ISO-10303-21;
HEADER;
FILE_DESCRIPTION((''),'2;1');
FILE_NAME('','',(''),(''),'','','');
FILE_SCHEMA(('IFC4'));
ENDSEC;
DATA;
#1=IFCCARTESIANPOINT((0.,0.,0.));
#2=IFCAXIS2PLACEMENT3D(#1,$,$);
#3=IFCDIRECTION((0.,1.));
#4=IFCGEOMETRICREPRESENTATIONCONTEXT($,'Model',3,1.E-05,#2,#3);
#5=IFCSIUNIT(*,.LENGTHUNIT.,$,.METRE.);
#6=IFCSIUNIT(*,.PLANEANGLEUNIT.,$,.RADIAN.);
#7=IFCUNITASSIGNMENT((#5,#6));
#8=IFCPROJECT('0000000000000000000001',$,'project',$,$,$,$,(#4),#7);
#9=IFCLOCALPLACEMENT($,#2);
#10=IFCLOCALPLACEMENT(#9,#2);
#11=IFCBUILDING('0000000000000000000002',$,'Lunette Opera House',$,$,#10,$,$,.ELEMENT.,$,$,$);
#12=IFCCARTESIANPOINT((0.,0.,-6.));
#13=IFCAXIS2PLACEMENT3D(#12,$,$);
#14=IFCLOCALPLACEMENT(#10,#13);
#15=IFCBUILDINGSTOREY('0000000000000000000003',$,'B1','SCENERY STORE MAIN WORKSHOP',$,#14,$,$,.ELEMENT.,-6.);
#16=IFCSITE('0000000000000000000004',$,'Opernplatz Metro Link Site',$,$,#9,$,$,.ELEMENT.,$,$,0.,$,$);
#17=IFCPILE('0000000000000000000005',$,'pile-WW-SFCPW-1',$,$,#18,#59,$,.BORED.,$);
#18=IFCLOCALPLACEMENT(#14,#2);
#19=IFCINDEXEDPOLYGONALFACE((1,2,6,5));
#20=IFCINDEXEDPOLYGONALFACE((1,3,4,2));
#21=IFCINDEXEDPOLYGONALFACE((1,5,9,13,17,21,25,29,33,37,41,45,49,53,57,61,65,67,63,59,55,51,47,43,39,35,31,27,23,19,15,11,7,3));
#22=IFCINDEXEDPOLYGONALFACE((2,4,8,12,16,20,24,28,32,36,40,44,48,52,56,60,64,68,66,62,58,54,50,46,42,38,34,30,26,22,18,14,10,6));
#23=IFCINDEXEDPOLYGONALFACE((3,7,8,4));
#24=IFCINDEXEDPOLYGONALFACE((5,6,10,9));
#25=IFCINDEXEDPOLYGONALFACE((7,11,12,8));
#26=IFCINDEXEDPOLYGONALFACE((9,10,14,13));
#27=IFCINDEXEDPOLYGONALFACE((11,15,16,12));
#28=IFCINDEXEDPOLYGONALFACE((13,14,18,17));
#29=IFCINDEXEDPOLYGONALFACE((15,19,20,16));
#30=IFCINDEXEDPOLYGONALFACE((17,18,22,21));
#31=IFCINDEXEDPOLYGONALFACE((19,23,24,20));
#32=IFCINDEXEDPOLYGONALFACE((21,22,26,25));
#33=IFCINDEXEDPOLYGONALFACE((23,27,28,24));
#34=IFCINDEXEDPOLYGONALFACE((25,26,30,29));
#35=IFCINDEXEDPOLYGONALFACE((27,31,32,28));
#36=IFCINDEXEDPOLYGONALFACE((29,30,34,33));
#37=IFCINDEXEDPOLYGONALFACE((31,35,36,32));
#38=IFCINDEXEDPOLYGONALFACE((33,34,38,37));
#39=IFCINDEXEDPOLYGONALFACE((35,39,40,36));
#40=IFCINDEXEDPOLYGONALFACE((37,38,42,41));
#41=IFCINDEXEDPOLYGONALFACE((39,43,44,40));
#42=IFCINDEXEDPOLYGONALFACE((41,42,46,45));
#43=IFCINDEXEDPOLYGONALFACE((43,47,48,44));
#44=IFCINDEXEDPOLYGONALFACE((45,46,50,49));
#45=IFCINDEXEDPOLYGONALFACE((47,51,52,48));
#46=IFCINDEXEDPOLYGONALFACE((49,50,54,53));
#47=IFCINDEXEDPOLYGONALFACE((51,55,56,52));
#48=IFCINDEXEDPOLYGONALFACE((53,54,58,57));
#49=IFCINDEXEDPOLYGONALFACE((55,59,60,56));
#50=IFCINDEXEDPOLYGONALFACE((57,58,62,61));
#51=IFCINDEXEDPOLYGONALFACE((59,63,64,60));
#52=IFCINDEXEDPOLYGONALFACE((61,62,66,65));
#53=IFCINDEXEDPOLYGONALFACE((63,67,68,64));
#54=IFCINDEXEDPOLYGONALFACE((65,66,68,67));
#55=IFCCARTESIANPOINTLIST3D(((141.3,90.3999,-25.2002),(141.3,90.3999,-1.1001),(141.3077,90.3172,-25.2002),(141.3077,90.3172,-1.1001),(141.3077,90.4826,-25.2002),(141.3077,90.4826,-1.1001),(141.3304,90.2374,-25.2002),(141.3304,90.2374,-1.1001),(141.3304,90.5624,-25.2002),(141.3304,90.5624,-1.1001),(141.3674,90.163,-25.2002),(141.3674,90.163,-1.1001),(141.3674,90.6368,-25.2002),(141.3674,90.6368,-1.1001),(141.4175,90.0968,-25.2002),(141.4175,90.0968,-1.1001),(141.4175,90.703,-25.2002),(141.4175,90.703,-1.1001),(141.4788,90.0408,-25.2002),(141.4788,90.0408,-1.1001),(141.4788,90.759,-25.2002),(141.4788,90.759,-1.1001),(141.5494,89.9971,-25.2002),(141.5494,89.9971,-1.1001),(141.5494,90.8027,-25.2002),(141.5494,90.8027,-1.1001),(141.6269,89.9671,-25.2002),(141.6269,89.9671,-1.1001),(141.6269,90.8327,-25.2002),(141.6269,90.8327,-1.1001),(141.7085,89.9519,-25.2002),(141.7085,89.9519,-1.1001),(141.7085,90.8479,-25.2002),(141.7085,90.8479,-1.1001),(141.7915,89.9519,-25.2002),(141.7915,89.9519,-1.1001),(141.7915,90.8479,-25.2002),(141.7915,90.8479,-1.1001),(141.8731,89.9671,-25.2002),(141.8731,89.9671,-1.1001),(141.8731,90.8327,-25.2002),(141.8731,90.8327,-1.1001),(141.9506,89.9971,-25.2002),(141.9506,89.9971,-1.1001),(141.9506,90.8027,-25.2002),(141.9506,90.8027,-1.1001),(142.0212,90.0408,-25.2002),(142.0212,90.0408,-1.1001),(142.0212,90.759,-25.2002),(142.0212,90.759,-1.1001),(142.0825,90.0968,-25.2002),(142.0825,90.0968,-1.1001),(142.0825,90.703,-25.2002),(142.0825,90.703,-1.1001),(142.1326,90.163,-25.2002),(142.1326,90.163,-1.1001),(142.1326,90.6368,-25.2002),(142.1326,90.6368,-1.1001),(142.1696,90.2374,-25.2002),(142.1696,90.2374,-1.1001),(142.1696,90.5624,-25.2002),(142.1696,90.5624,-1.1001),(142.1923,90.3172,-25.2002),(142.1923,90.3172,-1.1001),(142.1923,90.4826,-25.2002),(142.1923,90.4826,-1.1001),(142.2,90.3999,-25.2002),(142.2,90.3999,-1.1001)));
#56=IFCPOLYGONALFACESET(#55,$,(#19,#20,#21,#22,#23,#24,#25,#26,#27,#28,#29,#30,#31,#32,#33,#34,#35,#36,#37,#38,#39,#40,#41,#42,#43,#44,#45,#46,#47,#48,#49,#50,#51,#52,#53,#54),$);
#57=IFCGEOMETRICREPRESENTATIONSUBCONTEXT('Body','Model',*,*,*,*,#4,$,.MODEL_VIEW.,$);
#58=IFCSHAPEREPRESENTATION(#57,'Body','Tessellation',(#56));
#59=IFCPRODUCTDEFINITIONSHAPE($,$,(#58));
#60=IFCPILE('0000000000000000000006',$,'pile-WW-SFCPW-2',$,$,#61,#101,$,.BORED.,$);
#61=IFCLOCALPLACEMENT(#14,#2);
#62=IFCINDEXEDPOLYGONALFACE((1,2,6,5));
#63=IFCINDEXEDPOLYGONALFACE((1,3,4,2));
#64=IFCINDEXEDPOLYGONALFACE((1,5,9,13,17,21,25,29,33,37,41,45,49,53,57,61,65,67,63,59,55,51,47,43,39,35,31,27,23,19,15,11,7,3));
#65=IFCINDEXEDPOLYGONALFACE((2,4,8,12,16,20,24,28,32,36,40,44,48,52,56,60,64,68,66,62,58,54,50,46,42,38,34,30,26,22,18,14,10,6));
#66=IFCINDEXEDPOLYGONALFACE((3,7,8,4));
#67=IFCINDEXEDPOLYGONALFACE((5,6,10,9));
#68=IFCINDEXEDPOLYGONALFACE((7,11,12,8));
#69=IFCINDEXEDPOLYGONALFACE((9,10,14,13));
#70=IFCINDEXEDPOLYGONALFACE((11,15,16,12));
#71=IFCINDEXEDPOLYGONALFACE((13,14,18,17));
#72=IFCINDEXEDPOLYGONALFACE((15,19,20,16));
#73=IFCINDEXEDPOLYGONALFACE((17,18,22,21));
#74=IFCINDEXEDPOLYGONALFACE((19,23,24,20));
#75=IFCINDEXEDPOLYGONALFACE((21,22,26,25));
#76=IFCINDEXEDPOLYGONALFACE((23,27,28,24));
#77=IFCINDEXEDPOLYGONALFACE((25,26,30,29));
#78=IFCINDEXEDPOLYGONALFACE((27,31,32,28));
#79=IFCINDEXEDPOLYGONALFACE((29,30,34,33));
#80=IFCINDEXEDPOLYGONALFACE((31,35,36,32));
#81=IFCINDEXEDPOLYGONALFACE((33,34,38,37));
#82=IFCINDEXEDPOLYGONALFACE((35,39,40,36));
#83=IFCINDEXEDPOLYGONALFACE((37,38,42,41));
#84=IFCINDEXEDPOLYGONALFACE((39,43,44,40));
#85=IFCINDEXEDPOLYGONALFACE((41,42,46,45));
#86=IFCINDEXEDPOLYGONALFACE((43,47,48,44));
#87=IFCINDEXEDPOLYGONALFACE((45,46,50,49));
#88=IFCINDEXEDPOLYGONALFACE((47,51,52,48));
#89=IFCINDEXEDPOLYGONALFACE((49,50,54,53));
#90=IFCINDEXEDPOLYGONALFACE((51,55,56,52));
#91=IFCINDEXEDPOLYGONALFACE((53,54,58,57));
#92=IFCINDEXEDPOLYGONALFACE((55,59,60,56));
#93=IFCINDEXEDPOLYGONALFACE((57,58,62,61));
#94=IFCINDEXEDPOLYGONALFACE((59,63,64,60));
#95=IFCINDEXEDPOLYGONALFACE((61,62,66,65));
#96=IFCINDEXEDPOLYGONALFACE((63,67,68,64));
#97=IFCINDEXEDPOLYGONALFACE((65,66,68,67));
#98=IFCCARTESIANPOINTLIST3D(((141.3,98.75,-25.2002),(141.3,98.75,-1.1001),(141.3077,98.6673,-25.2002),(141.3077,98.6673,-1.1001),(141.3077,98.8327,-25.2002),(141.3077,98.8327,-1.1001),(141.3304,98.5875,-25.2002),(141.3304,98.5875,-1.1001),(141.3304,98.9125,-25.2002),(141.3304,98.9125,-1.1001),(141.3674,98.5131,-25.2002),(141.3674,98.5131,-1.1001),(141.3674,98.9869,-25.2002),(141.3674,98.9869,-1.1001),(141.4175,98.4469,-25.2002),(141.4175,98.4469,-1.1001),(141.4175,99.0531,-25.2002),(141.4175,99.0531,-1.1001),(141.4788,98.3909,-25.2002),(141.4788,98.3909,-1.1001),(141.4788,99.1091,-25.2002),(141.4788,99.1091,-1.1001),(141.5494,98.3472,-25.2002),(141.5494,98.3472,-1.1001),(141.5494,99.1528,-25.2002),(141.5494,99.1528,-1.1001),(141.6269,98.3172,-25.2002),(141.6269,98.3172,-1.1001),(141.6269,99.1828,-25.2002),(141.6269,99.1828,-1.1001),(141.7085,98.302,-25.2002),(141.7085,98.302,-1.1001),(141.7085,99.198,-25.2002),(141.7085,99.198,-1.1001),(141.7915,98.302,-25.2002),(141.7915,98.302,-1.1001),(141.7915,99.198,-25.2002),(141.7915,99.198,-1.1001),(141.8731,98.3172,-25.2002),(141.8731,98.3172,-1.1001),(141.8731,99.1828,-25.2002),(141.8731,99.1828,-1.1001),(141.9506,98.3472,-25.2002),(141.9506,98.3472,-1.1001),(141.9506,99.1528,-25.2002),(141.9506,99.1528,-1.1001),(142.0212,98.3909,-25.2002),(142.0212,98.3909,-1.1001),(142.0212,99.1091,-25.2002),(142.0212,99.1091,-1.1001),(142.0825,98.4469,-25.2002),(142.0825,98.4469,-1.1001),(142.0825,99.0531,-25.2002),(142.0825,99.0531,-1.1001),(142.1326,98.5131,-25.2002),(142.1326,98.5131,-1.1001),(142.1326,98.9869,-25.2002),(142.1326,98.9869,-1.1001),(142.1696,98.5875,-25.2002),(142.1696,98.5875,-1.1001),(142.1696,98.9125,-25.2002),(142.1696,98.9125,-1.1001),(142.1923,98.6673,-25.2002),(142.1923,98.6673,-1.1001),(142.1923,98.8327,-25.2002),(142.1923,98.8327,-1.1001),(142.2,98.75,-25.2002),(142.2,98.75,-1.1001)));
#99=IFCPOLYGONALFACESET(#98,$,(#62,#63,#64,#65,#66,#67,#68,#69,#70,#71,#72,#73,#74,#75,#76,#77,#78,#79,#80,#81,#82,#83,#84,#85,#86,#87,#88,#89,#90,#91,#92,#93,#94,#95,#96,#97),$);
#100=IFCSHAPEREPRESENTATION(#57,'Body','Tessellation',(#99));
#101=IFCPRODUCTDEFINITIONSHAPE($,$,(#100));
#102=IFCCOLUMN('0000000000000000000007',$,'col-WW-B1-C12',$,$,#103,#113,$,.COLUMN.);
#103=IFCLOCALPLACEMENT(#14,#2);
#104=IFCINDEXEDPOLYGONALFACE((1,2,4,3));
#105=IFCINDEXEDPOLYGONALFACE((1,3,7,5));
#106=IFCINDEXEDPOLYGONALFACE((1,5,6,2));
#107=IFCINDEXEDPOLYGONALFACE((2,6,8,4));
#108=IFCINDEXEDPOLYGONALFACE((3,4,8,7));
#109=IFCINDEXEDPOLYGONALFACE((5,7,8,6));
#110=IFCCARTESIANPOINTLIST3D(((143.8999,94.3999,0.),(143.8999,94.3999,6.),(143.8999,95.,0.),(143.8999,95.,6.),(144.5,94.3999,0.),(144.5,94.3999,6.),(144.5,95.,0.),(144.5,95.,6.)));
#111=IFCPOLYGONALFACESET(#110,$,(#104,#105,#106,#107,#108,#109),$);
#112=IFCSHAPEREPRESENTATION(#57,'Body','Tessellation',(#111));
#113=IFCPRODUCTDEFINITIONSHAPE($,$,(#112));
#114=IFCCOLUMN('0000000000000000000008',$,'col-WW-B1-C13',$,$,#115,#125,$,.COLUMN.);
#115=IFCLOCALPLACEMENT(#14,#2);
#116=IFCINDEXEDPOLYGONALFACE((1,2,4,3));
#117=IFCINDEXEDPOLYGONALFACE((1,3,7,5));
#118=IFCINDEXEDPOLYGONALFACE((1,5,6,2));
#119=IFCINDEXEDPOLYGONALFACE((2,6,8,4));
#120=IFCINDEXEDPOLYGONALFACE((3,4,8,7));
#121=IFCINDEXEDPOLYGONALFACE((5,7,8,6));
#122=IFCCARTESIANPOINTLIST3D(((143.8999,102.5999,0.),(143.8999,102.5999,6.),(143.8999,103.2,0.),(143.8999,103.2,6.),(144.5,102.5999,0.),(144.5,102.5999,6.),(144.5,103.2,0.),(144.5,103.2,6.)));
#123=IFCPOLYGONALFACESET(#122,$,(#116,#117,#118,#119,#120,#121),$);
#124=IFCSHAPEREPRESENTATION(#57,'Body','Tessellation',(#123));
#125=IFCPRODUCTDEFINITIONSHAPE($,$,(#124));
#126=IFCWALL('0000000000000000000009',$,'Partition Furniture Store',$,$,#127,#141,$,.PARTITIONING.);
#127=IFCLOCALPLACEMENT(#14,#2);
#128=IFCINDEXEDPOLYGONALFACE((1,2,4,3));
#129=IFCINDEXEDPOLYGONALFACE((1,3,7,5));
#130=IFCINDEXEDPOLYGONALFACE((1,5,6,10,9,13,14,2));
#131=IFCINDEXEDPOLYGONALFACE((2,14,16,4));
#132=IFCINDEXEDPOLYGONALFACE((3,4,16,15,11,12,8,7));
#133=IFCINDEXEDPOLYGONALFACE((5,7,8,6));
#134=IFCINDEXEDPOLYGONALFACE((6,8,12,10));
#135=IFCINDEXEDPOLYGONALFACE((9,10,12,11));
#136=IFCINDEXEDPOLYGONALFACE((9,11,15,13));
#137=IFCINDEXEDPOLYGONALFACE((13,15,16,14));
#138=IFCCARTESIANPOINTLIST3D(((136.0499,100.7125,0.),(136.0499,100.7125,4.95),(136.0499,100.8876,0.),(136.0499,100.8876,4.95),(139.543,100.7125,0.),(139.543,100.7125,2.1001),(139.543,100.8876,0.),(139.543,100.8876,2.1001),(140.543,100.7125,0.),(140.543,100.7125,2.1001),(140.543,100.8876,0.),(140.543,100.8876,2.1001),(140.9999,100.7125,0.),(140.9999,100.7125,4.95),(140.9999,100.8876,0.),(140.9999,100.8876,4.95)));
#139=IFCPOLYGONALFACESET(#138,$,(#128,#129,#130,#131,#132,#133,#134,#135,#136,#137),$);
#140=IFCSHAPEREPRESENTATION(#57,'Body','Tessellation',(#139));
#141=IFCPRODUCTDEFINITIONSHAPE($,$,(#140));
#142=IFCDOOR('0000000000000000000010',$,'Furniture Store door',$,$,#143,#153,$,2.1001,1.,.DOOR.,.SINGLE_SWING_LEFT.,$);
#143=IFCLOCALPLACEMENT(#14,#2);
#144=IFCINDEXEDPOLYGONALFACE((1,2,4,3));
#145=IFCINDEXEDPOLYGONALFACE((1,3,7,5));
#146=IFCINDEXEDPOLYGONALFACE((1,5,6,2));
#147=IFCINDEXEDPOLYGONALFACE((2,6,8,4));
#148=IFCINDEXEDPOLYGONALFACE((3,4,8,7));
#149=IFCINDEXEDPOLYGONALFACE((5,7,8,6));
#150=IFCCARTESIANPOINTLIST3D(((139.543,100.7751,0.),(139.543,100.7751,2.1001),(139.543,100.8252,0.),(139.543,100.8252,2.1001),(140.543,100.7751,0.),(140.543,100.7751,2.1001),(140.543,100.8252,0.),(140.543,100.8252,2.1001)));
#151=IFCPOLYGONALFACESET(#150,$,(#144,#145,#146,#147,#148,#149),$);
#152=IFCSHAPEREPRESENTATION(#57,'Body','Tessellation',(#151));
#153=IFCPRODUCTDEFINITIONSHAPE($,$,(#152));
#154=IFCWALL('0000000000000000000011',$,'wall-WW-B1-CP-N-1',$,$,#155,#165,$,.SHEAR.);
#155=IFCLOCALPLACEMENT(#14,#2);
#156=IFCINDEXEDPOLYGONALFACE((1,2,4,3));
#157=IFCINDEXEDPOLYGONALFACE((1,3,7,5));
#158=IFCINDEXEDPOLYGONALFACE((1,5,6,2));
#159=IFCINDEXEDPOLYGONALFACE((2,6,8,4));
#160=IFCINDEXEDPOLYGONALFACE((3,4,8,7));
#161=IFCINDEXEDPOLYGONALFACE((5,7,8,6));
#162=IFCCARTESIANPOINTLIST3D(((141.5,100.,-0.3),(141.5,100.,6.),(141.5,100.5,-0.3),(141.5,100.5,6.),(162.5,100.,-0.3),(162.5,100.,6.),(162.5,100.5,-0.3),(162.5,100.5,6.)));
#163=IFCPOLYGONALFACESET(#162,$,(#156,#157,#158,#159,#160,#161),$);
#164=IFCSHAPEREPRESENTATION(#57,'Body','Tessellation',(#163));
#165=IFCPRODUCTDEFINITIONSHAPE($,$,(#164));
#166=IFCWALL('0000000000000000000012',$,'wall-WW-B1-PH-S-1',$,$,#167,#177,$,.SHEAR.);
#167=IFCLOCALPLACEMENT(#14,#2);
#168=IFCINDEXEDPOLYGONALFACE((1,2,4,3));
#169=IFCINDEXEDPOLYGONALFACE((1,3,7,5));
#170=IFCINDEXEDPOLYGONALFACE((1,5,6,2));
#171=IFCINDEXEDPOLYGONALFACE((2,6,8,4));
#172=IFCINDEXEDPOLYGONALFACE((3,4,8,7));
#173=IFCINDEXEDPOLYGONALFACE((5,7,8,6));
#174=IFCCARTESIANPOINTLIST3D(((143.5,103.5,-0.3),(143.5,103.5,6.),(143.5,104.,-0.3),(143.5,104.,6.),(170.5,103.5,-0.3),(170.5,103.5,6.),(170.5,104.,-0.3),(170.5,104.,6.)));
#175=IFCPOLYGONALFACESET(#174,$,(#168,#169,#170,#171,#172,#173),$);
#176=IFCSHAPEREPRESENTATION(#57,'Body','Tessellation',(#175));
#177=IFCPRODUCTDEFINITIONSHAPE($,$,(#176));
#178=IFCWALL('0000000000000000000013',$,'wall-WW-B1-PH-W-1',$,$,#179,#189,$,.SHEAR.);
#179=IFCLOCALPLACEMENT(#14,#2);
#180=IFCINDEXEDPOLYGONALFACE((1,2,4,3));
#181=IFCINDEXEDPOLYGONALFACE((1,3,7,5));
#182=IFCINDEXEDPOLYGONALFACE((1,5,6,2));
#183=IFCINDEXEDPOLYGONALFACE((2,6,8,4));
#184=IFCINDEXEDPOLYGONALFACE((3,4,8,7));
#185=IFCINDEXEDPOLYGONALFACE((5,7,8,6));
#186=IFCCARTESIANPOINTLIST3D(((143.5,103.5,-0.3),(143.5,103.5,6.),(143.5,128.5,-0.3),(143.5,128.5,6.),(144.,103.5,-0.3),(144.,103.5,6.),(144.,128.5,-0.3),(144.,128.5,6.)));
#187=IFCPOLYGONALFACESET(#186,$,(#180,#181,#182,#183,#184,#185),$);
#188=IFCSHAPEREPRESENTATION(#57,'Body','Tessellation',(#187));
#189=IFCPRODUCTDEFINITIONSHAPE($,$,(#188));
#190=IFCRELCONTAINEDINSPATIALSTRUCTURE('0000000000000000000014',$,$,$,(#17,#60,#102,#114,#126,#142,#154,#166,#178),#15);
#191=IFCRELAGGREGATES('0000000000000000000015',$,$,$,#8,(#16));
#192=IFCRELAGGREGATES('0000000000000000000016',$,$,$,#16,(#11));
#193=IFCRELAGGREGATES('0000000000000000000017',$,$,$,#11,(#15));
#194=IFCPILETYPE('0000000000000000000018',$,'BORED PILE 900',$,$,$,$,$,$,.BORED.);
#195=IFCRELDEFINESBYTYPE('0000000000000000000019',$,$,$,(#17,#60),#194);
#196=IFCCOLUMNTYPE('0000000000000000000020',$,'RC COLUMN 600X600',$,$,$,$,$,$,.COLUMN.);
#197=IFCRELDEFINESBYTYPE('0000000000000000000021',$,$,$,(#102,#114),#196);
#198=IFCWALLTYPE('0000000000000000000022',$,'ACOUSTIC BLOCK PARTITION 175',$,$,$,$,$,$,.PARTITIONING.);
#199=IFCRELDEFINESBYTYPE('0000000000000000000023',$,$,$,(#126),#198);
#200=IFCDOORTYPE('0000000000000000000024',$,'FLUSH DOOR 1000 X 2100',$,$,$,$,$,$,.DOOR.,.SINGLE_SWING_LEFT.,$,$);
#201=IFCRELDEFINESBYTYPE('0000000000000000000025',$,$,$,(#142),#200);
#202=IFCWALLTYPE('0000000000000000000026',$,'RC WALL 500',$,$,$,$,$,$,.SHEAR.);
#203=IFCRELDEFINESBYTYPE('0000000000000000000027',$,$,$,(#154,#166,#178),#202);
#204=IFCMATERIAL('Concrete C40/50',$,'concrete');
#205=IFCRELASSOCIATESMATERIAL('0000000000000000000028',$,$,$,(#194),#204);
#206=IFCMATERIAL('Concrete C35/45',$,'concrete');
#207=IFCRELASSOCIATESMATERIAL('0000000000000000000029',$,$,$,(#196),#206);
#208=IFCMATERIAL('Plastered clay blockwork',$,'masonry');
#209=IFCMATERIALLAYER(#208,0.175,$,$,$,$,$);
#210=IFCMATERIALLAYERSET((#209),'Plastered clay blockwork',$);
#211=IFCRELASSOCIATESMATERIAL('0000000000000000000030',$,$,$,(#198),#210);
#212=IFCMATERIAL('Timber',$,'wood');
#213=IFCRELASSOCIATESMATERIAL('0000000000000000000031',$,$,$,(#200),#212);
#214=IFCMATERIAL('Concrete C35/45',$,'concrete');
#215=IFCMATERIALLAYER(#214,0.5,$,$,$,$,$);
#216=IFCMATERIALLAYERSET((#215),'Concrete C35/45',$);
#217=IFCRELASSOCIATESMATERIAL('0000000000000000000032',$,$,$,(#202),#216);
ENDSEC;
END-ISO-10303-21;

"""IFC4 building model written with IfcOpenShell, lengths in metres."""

from ifc_helpers import new_model, si_unit, direction, frame, frame_2d, origin, origin_2d, place, context, subcontext, project, spatial, rectangle, circle, extrude, material, layer, layer_set, material_profile, profile_set, type_object, element, fill, save


model = new_model("IFC4")

# Units and contexts
model_context = context("Model", 3, precision=1e-05, world=origin(), true_north=direction((0.0, 1.0)))
body_context = subcontext(model_context, "Body", "Model", "MODEL_VIEW")
ifc_project = project(units=[si_unit("LENGTHUNIT", "METRE"), si_unit("PLANEANGLEUNIT", "RADIAN")], contexts=[model_context])

# Site, building, storey
site_placement = place(None, origin())
site = spatial("IfcSite", under=ifc_project, at=site_placement, Name="Opernplatz Metro Link Site", CompositionType="ELEMENT", RefElevation=0.0)
building_placement = place(site_placement, origin())
building = spatial("IfcBuilding", under=site, at=building_placement, Name="Lunette Opera House", CompositionType="ELEMENT")
storey_placement = place(building_placement, frame((0.0, 0.0, -6.0)))
storey = spatial("IfcBuildingStorey", under=building, at=storey_placement, Name="B1", Description="SCENERY STORE MAIN WORKSHOP", CompositionType="ELEMENT", Elevation=-6.0)

# Piles
ifc_material_1 = material(Name="Concrete C40/50", Category="concrete")
ifc_material_profile_1 = material_profile(ifc_material_1, circle(Radius=0.45, at=origin_2d()), Name="BORED PILE 900")
ifc_profile_set_1 = profile_set([ifc_material_profile_1], Name="Concrete C40/50")
pile_type = type_object("IfcPileType", Name="BORED PILE 900", PredefinedType="BORED", material=ifc_profile_set_1)
for number, where, z_axis, x_axis, name in (
    (1, (141.75, 90.3999, -1.1001), (0.0, 0.0, -1.0), (1.0, 0.0, 0.0), "pile-WW-SFCPW-1"),
    (2, (141.75, 98.75, -1.1001), (0.0, 0.0, -1.0), (1.0, 0.0, 0.0), "pile-WW-SFCPW-2"),
):
    element("IfcPile", number, at=place(storey_placement, frame(where, z_axis=z_axis, x_axis=x_axis)), inside=storey, type_object=pile_type, Name=name, PredefinedType="BORED", context=body_context, shape_type="SweptSolid", body=[
        extrude(circle(Radius=0.45, at=origin_2d()), origin(), (0.0, 0.0, 1.0), 24.1001),
    ])

# Columns
ifc_material_2 = material(Name="Concrete C35/45", Category="concrete")
ifc_material_profile_2 = material_profile(ifc_material_2, rectangle(XDim=0.6001, YDim=0.6001, at=origin_2d()), Name="RC COLUMN 600X600")
ifc_profile_set_2 = profile_set([ifc_material_profile_2], Name="Concrete C35/45")
column_type = type_object("IfcColumnType", Name="RC COLUMN 600X600", PredefinedType="COLUMN", material=ifc_profile_set_2)
for number, where, z_axis, x_axis, name in (
    (3, (144.2, 94.7, 0.0), (0.0, 0.0, 1.0), (1.0, 0.0, 0.0), "col-WW-B1-C12"),
    (4, (144.2, 102.8999, 0.0), (0.0, 0.0, 1.0), (1.0, 0.0, 0.0), "col-WW-B1-C13"),
):
    element("IfcColumn", number, at=place(storey_placement, frame(where, z_axis=z_axis, x_axis=x_axis)), inside=storey, type_object=column_type, Name=name, PredefinedType="COLUMN", context=body_context, shape_type="SweptSolid", body=[
        extrude(rectangle(XDim=0.6001, YDim=0.6001, at=origin_2d()), origin(), (0.0, 0.0, 1.0), 6.0),
    ])

# Wall, opening, door
ifc_material_3 = material(Name="Plastered clay blockwork", Category="masonry")
ifc_layer_1 = layer(ifc_material_3, 0.175)
ifc_layer_set_1 = layer_set([ifc_layer_1], Name="Plastered clay blockwork")
wall_type_1 = type_object("IfcWallType", Name="ACOUSTIC BLOCK PARTITION 175", PredefinedType="PARTITIONING", material=ifc_layer_set_1)
wall_1_placement = place(storey_placement, frame((141.0, 100.8, 0.0), z_axis=(0.0, 0.0, 1.0), x_axis=(-1.0, 0.0, 0.0)))
wall_1 = element("IfcWall", 5, at=wall_1_placement, inside=storey, type_object=wall_type_1, Name="Partition Furniture Store", PredefinedType="PARTITIONING", context=body_context, shape_type="SweptSolid", body=[
    extrude(rectangle(XDim=4.95, YDim=0.175, at=frame_2d((2.4751, 0.0))), origin(), (0.0, 0.0, 1.0), 4.95),
])
opening_placement = place(wall_1_placement, frame((0.457, 0.0, 0.0)))
opening = element("IfcOpeningElement", 6, at=opening_placement, cuts=wall_1, PredefinedType="OPENING", context=body_context, shape_type="SweptSolid", body=[
    extrude(rectangle(XDim=1.0, YDim=2.1001, at=frame_2d((0.5, 1.05))), frame((0.0, 0.0996, 0.0), z_axis=(0.0, -1.0, 0.0), x_axis=(1.0, 0.0, 0.0)), (0.0, 0.0, 1.0), 0.199),
])
ifc_material_4 = material(Name="Timber", Category="wood")
door_type = type_object("IfcDoorType", Name="FLUSH DOOR 1000 X 2100", OperationType="SINGLE_SWING_LEFT", PredefinedType="DOOR", material=ifc_material_4)
door_placement = place(opening_placement, origin())
door = element("IfcDoor", 7, at=door_placement, inside=storey, type_object=door_type, Name="Furniture Store door", OperationType="SINGLE_SWING_LEFT", OverallHeight=2.1001, OverallWidth=1.0, PredefinedType="DOOR", context=body_context, shape_type="SweptSolid", body=[
    extrude(rectangle(XDim=1.0, YDim=2.1001, at=frame_2d((0.5, 1.05))), frame((0.0, 0.0249, 0.0), z_axis=(0.0, -1.0, 0.0), x_axis=(1.0, 0.0, 0.0)), (0.0, 0.0, 1.0), 0.05),
])
fill(opening, door)

# Walls
ifc_material_5 = material(Name="Concrete C35/45", Category="concrete")
ifc_layer_2 = layer(ifc_material_5, 0.5)
ifc_layer_set_2 = layer_set([ifc_layer_2], Name="Concrete C35/45")
wall_type_2 = type_object("IfcWallType", Name="RC WALL 500", PredefinedType="SHEAR", material=ifc_layer_set_2)
wall_2_placement = place(storey_placement, frame((141.5, 100.25, -0.3), z_axis=(0.0, 0.0, 1.0), x_axis=(1.0, 0.0, 0.0)))
element("IfcWall", 8, at=wall_2_placement, inside=storey, type_object=wall_type_2, Name="wall-WW-B1-CP-N-1", PredefinedType="SHEAR", context=body_context, shape_type="SweptSolid", body=[
    extrude(rectangle(XDim=21.0, YDim=0.5, at=frame_2d((10.5, 0.0))), origin(), (0.0, 0.0, 1.0), 6.3),
])
wall_3_placement = place(storey_placement, frame((143.5, 103.75, -0.3), z_axis=(0.0, 0.0, 1.0), x_axis=(1.0, 0.0, 0.0)))
element("IfcWall", 9, at=wall_3_placement, inside=storey, type_object=wall_type_2, Name="wall-WW-B1-PH-S-1", PredefinedType="SHEAR", context=body_context, shape_type="SweptSolid", body=[
    extrude(rectangle(XDim=27.0, YDim=0.5, at=frame_2d((13.5, 0.0))), origin(), (0.0, 0.0, 1.0), 6.3),
])
wall_4_placement = place(storey_placement, frame((143.75, 103.5, -0.3), z_axis=(0.0, 0.0, 1.0), x_axis=(0.0, 1.0, 0.0)))
element("IfcWall", 10, at=wall_4_placement, inside=storey, type_object=wall_type_2, Name="wall-WW-B1-PH-W-1", PredefinedType="SHEAR", context=body_context, shape_type="SweptSolid", body=[
    extrude(rectangle(XDim=25.0, YDim=0.5, at=frame_2d((12.5, 0.0))), origin(), (0.0, 0.0, 1.0), 6.3),
])

save(model, "model.ifc")
